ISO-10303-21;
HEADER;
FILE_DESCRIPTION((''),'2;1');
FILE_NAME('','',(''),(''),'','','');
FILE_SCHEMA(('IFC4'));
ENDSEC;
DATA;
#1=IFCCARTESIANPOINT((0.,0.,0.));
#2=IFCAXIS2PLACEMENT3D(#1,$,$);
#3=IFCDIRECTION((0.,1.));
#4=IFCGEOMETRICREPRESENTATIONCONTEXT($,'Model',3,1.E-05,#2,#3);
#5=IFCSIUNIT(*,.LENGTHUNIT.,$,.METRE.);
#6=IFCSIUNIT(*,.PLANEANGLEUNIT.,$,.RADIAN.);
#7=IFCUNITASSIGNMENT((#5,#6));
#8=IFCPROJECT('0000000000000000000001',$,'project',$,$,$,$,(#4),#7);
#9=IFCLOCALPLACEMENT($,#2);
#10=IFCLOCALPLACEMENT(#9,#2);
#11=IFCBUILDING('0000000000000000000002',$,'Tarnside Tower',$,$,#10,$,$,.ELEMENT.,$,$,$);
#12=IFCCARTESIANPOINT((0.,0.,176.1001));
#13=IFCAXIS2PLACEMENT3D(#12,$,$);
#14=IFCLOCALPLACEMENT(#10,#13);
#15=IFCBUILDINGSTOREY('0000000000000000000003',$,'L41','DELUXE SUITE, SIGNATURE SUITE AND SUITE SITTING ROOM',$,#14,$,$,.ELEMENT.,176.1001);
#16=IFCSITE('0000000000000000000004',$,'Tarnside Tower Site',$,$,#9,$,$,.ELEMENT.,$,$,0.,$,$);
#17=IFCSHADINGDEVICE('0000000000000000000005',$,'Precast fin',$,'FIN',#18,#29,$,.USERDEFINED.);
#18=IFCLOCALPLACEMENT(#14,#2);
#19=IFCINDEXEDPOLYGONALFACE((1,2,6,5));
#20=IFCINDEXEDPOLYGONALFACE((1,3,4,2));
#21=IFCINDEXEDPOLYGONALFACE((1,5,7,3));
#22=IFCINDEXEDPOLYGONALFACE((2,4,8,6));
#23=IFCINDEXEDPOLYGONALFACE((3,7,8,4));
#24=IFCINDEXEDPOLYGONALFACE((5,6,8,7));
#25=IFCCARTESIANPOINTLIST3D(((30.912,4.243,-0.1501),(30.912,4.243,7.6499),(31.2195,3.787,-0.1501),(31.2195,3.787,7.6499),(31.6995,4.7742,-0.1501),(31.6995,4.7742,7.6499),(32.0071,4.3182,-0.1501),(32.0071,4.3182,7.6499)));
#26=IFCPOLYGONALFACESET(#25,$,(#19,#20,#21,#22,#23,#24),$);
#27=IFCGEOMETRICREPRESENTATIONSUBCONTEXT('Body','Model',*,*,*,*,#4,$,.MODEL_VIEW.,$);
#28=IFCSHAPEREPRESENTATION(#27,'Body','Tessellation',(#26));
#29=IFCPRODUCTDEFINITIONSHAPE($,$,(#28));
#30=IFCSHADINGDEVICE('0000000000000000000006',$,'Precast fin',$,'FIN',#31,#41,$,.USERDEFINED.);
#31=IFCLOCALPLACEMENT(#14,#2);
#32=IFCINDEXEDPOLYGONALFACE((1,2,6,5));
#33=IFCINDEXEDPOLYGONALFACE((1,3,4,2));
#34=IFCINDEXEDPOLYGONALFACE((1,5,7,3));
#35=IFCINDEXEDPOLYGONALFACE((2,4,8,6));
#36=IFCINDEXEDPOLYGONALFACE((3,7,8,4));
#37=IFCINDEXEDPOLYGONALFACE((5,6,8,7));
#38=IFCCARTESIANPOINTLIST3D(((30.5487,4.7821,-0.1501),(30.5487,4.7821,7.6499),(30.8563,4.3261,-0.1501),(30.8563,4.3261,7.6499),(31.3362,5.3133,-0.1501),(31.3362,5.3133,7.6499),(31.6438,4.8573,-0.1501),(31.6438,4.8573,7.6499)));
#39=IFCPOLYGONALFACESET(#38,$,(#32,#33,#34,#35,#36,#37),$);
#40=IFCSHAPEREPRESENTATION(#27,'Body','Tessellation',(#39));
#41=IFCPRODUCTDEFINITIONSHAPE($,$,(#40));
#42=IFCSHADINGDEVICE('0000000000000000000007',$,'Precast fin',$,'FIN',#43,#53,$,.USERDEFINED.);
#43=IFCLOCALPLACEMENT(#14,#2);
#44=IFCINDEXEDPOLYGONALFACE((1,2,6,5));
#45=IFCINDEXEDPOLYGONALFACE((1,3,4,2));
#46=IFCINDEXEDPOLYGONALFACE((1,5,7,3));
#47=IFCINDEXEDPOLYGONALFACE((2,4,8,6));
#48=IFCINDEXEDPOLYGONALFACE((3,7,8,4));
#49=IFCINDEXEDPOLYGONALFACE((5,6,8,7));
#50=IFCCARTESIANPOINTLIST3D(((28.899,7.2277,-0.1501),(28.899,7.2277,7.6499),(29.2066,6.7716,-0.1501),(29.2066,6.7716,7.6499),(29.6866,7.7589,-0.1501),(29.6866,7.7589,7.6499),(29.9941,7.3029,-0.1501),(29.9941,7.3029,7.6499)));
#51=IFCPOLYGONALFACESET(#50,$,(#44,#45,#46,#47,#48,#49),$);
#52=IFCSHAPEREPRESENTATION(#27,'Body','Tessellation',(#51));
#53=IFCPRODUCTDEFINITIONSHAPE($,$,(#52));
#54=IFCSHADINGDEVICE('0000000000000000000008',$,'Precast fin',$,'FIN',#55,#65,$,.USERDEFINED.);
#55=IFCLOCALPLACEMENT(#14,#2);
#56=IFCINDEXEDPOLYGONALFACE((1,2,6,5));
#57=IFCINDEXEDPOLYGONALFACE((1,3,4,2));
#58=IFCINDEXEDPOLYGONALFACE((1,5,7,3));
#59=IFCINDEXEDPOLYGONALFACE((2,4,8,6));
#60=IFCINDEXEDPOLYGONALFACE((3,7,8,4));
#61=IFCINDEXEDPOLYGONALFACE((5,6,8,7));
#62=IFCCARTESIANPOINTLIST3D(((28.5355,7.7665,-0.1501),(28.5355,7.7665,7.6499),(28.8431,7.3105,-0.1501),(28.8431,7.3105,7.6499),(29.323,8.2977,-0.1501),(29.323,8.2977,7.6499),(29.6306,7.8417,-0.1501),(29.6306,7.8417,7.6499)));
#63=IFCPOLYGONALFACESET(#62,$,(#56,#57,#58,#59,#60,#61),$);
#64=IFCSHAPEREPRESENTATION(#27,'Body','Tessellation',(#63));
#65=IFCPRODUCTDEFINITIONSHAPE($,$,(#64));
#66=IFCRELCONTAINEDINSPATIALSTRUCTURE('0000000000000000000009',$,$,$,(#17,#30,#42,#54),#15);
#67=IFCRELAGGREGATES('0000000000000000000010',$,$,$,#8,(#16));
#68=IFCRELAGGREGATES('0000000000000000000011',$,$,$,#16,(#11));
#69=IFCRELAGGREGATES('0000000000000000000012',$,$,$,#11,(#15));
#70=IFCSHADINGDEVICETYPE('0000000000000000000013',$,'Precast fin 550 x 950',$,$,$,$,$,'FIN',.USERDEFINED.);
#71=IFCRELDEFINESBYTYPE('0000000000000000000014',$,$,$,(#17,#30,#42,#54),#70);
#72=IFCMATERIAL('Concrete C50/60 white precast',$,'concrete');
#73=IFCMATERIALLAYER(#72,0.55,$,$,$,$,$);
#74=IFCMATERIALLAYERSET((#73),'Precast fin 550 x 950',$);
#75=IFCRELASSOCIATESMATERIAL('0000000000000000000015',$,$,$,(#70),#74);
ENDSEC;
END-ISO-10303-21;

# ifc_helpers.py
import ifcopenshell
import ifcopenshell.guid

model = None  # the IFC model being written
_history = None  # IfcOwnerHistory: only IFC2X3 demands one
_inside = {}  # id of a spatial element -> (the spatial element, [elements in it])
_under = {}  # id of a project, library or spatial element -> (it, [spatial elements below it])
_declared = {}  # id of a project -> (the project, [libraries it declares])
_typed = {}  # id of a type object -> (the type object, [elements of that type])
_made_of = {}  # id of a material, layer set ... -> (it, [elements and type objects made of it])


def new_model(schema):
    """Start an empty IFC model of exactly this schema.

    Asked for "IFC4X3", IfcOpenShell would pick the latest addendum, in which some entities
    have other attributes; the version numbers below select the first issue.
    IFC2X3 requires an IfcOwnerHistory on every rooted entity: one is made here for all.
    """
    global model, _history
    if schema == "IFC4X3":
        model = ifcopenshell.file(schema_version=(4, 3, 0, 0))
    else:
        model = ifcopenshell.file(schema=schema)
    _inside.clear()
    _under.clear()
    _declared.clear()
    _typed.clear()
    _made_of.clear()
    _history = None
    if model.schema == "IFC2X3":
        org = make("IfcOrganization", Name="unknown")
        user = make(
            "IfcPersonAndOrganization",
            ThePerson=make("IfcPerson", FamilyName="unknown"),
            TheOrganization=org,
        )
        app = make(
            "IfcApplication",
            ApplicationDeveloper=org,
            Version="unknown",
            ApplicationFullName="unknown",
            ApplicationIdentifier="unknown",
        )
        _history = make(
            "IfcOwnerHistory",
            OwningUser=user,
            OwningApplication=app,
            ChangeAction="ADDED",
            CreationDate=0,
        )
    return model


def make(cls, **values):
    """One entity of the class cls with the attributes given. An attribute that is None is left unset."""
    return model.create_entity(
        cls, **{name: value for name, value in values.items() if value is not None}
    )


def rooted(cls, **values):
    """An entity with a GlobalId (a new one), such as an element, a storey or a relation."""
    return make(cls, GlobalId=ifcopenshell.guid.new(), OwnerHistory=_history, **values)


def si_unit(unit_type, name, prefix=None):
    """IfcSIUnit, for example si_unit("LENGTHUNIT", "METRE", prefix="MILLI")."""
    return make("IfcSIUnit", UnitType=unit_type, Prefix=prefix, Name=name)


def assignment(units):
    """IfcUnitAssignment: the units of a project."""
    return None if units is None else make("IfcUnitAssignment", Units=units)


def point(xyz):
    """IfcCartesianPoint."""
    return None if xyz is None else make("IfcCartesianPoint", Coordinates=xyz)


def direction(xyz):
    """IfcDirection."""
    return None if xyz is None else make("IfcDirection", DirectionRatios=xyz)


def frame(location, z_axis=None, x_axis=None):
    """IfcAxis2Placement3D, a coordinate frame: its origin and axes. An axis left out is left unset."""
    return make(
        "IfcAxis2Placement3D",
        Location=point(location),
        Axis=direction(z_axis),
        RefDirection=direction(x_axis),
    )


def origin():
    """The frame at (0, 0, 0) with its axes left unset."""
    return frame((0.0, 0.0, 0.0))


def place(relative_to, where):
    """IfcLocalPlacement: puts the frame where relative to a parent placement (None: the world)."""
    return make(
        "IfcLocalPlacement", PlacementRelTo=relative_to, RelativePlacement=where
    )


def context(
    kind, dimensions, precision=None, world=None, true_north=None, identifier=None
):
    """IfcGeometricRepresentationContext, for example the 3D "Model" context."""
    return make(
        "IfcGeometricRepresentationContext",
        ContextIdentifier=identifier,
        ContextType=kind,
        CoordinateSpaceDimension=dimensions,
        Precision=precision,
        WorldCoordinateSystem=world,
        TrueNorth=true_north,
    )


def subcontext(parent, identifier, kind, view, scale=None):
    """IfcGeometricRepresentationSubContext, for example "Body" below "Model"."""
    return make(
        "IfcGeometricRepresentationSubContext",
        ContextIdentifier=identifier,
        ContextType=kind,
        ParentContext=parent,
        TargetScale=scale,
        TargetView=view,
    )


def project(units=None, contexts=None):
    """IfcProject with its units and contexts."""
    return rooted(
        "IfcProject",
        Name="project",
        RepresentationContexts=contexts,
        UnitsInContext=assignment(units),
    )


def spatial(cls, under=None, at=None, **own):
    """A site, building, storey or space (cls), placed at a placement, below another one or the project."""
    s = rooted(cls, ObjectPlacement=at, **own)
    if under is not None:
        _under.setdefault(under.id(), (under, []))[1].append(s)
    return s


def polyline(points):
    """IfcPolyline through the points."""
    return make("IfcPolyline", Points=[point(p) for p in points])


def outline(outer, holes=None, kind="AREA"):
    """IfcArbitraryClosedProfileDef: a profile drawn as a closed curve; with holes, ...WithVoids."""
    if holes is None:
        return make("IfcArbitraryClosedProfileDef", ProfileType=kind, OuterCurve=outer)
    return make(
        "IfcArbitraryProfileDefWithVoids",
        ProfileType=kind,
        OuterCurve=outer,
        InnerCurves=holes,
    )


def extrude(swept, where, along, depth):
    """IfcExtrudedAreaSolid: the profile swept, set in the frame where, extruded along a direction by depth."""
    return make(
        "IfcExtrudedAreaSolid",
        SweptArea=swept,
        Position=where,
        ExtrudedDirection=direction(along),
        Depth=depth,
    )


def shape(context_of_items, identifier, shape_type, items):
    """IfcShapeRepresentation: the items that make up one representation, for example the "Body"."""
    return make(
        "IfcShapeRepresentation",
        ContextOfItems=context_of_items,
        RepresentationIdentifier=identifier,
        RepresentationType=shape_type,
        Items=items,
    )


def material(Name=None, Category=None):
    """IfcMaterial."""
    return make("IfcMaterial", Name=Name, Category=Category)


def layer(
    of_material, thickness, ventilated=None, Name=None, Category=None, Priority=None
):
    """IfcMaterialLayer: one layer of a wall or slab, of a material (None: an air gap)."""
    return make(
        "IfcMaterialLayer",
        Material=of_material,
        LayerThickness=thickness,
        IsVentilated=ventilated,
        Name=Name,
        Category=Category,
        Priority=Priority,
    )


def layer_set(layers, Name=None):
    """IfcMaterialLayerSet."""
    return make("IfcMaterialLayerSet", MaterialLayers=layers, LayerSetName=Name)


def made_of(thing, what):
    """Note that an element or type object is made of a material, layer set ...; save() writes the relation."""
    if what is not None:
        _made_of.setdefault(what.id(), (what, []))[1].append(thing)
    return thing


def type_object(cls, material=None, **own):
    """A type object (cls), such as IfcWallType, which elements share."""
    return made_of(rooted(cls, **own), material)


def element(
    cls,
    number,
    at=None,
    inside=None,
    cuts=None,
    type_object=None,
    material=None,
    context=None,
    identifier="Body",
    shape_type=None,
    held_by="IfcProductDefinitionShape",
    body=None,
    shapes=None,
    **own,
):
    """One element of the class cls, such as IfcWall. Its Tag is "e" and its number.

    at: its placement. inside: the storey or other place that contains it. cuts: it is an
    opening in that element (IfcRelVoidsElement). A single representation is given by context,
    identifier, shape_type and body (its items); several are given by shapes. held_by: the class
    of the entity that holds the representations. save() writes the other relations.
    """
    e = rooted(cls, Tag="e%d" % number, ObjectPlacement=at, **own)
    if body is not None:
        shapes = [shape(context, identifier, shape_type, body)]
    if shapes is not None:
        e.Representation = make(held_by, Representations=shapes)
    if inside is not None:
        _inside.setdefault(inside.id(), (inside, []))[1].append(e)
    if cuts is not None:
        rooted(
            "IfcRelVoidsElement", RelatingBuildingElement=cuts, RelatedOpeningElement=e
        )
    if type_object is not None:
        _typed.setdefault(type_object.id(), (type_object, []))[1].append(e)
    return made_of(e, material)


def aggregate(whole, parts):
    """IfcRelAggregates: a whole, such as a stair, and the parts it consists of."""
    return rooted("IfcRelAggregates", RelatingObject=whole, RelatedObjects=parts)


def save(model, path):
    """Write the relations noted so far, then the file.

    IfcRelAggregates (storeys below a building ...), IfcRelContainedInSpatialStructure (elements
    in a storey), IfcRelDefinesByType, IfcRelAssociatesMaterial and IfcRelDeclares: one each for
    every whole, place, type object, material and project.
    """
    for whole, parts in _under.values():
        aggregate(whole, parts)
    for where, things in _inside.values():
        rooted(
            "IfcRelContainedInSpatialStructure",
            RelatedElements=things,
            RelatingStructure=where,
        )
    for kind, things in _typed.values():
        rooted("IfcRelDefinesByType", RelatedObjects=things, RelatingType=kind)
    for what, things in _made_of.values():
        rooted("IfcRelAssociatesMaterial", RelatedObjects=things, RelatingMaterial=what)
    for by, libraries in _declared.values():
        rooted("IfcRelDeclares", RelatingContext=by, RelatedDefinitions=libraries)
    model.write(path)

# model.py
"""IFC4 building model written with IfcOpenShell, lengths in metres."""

from ifc_helpers import new_model, si_unit, direction, frame, origin, place, context, subcontext, project, spatial, polyline, outline, extrude, material, layer, layer_set, type_object, element, save


model = new_model("IFC4")

# Units and contexts
model_context = context("Model", 3, precision=1e-05, world=origin(), true_north=direction((0.0, 1.0)))
body_context = subcontext(model_context, "Body", "Model", "MODEL_VIEW")
ifc_project = project(units=[si_unit("LENGTHUNIT", "METRE"), si_unit("PLANEANGLEUNIT", "RADIAN")], contexts=[model_context])

# Site, building, storey
site_placement = place(None, origin())
site = spatial("IfcSite", under=ifc_project, at=site_placement, Name="Tarnside Tower Site", CompositionType="ELEMENT", RefElevation=0.0)
building_placement = place(site_placement, origin())
building = spatial("IfcBuilding", under=site, at=building_placement, Name="Tarnside Tower", CompositionType="ELEMENT")
storey_placement = place(building_placement, frame((0.0, 0.0, 176.1001)))
storey = spatial("IfcBuildingStorey", under=building, at=storey_placement, Name="L41", Description="DELUXE SUITE, SIGNATURE SUITE AND SUITE SITTING ROOM", CompositionType="ELEMENT", Elevation=176.1001)

# Shading devices
ifc_material_1 = material(Name="Concrete C50/60 white precast", Category="concrete")
ifc_layer_1 = layer(ifc_material_1, 0.55)
ifc_layer_set_1 = layer_set([ifc_layer_1], Name="Precast fin 550 x 950")
shading_device_type_1 = type_object("IfcShadingDeviceType", Name="Precast fin 550 x 950", ElementType="FIN", PredefinedType="USERDEFINED", material=ifc_layer_set_1)
for number, where, z_axis, x_axis, name in (
    (1, (31.0657, 4.0151, -0.1501), (0.559193, -0.829038, 0.0), (0.829038, 0.559193, 0.0), "Precast fin"),
    (2, (30.7024, 4.5542, -0.1501), (0.559193, -0.829038, 0.0), (0.829038, 0.559193, 0.0), "Precast fin"),
    (3, (29.0527, 6.9998, -0.1501), (0.559193, -0.829038, 0.0), (0.829038, 0.559193, 0.0), "Precast fin"),
    (4, (28.6892, 7.5386, -0.1501), (0.559193, -0.829038, 0.0), (0.829038, 0.559193, 0.0), "Precast fin"),
):
    element("IfcShadingDevice", number, at=place(storey_placement, frame(where, z_axis=z_axis, x_axis=x_axis)), inside=storey, type_object=shading_device_type_1, Name=name, ObjectType="FIN", PredefinedType="USERDEFINED", context=body_context, shape_type="SweptSolid", body=[
        extrude(outline(polyline([(0.0, 0.0), (0.95, 0.0), (0.95, 7.8), (0.0, 7.8), (0.0, 0.0)])), frame((0.0, 0.0, -0.2749)), (0.0, 0.0, 1.0), 0.55),
    ])

save(model, "model.ifc")
